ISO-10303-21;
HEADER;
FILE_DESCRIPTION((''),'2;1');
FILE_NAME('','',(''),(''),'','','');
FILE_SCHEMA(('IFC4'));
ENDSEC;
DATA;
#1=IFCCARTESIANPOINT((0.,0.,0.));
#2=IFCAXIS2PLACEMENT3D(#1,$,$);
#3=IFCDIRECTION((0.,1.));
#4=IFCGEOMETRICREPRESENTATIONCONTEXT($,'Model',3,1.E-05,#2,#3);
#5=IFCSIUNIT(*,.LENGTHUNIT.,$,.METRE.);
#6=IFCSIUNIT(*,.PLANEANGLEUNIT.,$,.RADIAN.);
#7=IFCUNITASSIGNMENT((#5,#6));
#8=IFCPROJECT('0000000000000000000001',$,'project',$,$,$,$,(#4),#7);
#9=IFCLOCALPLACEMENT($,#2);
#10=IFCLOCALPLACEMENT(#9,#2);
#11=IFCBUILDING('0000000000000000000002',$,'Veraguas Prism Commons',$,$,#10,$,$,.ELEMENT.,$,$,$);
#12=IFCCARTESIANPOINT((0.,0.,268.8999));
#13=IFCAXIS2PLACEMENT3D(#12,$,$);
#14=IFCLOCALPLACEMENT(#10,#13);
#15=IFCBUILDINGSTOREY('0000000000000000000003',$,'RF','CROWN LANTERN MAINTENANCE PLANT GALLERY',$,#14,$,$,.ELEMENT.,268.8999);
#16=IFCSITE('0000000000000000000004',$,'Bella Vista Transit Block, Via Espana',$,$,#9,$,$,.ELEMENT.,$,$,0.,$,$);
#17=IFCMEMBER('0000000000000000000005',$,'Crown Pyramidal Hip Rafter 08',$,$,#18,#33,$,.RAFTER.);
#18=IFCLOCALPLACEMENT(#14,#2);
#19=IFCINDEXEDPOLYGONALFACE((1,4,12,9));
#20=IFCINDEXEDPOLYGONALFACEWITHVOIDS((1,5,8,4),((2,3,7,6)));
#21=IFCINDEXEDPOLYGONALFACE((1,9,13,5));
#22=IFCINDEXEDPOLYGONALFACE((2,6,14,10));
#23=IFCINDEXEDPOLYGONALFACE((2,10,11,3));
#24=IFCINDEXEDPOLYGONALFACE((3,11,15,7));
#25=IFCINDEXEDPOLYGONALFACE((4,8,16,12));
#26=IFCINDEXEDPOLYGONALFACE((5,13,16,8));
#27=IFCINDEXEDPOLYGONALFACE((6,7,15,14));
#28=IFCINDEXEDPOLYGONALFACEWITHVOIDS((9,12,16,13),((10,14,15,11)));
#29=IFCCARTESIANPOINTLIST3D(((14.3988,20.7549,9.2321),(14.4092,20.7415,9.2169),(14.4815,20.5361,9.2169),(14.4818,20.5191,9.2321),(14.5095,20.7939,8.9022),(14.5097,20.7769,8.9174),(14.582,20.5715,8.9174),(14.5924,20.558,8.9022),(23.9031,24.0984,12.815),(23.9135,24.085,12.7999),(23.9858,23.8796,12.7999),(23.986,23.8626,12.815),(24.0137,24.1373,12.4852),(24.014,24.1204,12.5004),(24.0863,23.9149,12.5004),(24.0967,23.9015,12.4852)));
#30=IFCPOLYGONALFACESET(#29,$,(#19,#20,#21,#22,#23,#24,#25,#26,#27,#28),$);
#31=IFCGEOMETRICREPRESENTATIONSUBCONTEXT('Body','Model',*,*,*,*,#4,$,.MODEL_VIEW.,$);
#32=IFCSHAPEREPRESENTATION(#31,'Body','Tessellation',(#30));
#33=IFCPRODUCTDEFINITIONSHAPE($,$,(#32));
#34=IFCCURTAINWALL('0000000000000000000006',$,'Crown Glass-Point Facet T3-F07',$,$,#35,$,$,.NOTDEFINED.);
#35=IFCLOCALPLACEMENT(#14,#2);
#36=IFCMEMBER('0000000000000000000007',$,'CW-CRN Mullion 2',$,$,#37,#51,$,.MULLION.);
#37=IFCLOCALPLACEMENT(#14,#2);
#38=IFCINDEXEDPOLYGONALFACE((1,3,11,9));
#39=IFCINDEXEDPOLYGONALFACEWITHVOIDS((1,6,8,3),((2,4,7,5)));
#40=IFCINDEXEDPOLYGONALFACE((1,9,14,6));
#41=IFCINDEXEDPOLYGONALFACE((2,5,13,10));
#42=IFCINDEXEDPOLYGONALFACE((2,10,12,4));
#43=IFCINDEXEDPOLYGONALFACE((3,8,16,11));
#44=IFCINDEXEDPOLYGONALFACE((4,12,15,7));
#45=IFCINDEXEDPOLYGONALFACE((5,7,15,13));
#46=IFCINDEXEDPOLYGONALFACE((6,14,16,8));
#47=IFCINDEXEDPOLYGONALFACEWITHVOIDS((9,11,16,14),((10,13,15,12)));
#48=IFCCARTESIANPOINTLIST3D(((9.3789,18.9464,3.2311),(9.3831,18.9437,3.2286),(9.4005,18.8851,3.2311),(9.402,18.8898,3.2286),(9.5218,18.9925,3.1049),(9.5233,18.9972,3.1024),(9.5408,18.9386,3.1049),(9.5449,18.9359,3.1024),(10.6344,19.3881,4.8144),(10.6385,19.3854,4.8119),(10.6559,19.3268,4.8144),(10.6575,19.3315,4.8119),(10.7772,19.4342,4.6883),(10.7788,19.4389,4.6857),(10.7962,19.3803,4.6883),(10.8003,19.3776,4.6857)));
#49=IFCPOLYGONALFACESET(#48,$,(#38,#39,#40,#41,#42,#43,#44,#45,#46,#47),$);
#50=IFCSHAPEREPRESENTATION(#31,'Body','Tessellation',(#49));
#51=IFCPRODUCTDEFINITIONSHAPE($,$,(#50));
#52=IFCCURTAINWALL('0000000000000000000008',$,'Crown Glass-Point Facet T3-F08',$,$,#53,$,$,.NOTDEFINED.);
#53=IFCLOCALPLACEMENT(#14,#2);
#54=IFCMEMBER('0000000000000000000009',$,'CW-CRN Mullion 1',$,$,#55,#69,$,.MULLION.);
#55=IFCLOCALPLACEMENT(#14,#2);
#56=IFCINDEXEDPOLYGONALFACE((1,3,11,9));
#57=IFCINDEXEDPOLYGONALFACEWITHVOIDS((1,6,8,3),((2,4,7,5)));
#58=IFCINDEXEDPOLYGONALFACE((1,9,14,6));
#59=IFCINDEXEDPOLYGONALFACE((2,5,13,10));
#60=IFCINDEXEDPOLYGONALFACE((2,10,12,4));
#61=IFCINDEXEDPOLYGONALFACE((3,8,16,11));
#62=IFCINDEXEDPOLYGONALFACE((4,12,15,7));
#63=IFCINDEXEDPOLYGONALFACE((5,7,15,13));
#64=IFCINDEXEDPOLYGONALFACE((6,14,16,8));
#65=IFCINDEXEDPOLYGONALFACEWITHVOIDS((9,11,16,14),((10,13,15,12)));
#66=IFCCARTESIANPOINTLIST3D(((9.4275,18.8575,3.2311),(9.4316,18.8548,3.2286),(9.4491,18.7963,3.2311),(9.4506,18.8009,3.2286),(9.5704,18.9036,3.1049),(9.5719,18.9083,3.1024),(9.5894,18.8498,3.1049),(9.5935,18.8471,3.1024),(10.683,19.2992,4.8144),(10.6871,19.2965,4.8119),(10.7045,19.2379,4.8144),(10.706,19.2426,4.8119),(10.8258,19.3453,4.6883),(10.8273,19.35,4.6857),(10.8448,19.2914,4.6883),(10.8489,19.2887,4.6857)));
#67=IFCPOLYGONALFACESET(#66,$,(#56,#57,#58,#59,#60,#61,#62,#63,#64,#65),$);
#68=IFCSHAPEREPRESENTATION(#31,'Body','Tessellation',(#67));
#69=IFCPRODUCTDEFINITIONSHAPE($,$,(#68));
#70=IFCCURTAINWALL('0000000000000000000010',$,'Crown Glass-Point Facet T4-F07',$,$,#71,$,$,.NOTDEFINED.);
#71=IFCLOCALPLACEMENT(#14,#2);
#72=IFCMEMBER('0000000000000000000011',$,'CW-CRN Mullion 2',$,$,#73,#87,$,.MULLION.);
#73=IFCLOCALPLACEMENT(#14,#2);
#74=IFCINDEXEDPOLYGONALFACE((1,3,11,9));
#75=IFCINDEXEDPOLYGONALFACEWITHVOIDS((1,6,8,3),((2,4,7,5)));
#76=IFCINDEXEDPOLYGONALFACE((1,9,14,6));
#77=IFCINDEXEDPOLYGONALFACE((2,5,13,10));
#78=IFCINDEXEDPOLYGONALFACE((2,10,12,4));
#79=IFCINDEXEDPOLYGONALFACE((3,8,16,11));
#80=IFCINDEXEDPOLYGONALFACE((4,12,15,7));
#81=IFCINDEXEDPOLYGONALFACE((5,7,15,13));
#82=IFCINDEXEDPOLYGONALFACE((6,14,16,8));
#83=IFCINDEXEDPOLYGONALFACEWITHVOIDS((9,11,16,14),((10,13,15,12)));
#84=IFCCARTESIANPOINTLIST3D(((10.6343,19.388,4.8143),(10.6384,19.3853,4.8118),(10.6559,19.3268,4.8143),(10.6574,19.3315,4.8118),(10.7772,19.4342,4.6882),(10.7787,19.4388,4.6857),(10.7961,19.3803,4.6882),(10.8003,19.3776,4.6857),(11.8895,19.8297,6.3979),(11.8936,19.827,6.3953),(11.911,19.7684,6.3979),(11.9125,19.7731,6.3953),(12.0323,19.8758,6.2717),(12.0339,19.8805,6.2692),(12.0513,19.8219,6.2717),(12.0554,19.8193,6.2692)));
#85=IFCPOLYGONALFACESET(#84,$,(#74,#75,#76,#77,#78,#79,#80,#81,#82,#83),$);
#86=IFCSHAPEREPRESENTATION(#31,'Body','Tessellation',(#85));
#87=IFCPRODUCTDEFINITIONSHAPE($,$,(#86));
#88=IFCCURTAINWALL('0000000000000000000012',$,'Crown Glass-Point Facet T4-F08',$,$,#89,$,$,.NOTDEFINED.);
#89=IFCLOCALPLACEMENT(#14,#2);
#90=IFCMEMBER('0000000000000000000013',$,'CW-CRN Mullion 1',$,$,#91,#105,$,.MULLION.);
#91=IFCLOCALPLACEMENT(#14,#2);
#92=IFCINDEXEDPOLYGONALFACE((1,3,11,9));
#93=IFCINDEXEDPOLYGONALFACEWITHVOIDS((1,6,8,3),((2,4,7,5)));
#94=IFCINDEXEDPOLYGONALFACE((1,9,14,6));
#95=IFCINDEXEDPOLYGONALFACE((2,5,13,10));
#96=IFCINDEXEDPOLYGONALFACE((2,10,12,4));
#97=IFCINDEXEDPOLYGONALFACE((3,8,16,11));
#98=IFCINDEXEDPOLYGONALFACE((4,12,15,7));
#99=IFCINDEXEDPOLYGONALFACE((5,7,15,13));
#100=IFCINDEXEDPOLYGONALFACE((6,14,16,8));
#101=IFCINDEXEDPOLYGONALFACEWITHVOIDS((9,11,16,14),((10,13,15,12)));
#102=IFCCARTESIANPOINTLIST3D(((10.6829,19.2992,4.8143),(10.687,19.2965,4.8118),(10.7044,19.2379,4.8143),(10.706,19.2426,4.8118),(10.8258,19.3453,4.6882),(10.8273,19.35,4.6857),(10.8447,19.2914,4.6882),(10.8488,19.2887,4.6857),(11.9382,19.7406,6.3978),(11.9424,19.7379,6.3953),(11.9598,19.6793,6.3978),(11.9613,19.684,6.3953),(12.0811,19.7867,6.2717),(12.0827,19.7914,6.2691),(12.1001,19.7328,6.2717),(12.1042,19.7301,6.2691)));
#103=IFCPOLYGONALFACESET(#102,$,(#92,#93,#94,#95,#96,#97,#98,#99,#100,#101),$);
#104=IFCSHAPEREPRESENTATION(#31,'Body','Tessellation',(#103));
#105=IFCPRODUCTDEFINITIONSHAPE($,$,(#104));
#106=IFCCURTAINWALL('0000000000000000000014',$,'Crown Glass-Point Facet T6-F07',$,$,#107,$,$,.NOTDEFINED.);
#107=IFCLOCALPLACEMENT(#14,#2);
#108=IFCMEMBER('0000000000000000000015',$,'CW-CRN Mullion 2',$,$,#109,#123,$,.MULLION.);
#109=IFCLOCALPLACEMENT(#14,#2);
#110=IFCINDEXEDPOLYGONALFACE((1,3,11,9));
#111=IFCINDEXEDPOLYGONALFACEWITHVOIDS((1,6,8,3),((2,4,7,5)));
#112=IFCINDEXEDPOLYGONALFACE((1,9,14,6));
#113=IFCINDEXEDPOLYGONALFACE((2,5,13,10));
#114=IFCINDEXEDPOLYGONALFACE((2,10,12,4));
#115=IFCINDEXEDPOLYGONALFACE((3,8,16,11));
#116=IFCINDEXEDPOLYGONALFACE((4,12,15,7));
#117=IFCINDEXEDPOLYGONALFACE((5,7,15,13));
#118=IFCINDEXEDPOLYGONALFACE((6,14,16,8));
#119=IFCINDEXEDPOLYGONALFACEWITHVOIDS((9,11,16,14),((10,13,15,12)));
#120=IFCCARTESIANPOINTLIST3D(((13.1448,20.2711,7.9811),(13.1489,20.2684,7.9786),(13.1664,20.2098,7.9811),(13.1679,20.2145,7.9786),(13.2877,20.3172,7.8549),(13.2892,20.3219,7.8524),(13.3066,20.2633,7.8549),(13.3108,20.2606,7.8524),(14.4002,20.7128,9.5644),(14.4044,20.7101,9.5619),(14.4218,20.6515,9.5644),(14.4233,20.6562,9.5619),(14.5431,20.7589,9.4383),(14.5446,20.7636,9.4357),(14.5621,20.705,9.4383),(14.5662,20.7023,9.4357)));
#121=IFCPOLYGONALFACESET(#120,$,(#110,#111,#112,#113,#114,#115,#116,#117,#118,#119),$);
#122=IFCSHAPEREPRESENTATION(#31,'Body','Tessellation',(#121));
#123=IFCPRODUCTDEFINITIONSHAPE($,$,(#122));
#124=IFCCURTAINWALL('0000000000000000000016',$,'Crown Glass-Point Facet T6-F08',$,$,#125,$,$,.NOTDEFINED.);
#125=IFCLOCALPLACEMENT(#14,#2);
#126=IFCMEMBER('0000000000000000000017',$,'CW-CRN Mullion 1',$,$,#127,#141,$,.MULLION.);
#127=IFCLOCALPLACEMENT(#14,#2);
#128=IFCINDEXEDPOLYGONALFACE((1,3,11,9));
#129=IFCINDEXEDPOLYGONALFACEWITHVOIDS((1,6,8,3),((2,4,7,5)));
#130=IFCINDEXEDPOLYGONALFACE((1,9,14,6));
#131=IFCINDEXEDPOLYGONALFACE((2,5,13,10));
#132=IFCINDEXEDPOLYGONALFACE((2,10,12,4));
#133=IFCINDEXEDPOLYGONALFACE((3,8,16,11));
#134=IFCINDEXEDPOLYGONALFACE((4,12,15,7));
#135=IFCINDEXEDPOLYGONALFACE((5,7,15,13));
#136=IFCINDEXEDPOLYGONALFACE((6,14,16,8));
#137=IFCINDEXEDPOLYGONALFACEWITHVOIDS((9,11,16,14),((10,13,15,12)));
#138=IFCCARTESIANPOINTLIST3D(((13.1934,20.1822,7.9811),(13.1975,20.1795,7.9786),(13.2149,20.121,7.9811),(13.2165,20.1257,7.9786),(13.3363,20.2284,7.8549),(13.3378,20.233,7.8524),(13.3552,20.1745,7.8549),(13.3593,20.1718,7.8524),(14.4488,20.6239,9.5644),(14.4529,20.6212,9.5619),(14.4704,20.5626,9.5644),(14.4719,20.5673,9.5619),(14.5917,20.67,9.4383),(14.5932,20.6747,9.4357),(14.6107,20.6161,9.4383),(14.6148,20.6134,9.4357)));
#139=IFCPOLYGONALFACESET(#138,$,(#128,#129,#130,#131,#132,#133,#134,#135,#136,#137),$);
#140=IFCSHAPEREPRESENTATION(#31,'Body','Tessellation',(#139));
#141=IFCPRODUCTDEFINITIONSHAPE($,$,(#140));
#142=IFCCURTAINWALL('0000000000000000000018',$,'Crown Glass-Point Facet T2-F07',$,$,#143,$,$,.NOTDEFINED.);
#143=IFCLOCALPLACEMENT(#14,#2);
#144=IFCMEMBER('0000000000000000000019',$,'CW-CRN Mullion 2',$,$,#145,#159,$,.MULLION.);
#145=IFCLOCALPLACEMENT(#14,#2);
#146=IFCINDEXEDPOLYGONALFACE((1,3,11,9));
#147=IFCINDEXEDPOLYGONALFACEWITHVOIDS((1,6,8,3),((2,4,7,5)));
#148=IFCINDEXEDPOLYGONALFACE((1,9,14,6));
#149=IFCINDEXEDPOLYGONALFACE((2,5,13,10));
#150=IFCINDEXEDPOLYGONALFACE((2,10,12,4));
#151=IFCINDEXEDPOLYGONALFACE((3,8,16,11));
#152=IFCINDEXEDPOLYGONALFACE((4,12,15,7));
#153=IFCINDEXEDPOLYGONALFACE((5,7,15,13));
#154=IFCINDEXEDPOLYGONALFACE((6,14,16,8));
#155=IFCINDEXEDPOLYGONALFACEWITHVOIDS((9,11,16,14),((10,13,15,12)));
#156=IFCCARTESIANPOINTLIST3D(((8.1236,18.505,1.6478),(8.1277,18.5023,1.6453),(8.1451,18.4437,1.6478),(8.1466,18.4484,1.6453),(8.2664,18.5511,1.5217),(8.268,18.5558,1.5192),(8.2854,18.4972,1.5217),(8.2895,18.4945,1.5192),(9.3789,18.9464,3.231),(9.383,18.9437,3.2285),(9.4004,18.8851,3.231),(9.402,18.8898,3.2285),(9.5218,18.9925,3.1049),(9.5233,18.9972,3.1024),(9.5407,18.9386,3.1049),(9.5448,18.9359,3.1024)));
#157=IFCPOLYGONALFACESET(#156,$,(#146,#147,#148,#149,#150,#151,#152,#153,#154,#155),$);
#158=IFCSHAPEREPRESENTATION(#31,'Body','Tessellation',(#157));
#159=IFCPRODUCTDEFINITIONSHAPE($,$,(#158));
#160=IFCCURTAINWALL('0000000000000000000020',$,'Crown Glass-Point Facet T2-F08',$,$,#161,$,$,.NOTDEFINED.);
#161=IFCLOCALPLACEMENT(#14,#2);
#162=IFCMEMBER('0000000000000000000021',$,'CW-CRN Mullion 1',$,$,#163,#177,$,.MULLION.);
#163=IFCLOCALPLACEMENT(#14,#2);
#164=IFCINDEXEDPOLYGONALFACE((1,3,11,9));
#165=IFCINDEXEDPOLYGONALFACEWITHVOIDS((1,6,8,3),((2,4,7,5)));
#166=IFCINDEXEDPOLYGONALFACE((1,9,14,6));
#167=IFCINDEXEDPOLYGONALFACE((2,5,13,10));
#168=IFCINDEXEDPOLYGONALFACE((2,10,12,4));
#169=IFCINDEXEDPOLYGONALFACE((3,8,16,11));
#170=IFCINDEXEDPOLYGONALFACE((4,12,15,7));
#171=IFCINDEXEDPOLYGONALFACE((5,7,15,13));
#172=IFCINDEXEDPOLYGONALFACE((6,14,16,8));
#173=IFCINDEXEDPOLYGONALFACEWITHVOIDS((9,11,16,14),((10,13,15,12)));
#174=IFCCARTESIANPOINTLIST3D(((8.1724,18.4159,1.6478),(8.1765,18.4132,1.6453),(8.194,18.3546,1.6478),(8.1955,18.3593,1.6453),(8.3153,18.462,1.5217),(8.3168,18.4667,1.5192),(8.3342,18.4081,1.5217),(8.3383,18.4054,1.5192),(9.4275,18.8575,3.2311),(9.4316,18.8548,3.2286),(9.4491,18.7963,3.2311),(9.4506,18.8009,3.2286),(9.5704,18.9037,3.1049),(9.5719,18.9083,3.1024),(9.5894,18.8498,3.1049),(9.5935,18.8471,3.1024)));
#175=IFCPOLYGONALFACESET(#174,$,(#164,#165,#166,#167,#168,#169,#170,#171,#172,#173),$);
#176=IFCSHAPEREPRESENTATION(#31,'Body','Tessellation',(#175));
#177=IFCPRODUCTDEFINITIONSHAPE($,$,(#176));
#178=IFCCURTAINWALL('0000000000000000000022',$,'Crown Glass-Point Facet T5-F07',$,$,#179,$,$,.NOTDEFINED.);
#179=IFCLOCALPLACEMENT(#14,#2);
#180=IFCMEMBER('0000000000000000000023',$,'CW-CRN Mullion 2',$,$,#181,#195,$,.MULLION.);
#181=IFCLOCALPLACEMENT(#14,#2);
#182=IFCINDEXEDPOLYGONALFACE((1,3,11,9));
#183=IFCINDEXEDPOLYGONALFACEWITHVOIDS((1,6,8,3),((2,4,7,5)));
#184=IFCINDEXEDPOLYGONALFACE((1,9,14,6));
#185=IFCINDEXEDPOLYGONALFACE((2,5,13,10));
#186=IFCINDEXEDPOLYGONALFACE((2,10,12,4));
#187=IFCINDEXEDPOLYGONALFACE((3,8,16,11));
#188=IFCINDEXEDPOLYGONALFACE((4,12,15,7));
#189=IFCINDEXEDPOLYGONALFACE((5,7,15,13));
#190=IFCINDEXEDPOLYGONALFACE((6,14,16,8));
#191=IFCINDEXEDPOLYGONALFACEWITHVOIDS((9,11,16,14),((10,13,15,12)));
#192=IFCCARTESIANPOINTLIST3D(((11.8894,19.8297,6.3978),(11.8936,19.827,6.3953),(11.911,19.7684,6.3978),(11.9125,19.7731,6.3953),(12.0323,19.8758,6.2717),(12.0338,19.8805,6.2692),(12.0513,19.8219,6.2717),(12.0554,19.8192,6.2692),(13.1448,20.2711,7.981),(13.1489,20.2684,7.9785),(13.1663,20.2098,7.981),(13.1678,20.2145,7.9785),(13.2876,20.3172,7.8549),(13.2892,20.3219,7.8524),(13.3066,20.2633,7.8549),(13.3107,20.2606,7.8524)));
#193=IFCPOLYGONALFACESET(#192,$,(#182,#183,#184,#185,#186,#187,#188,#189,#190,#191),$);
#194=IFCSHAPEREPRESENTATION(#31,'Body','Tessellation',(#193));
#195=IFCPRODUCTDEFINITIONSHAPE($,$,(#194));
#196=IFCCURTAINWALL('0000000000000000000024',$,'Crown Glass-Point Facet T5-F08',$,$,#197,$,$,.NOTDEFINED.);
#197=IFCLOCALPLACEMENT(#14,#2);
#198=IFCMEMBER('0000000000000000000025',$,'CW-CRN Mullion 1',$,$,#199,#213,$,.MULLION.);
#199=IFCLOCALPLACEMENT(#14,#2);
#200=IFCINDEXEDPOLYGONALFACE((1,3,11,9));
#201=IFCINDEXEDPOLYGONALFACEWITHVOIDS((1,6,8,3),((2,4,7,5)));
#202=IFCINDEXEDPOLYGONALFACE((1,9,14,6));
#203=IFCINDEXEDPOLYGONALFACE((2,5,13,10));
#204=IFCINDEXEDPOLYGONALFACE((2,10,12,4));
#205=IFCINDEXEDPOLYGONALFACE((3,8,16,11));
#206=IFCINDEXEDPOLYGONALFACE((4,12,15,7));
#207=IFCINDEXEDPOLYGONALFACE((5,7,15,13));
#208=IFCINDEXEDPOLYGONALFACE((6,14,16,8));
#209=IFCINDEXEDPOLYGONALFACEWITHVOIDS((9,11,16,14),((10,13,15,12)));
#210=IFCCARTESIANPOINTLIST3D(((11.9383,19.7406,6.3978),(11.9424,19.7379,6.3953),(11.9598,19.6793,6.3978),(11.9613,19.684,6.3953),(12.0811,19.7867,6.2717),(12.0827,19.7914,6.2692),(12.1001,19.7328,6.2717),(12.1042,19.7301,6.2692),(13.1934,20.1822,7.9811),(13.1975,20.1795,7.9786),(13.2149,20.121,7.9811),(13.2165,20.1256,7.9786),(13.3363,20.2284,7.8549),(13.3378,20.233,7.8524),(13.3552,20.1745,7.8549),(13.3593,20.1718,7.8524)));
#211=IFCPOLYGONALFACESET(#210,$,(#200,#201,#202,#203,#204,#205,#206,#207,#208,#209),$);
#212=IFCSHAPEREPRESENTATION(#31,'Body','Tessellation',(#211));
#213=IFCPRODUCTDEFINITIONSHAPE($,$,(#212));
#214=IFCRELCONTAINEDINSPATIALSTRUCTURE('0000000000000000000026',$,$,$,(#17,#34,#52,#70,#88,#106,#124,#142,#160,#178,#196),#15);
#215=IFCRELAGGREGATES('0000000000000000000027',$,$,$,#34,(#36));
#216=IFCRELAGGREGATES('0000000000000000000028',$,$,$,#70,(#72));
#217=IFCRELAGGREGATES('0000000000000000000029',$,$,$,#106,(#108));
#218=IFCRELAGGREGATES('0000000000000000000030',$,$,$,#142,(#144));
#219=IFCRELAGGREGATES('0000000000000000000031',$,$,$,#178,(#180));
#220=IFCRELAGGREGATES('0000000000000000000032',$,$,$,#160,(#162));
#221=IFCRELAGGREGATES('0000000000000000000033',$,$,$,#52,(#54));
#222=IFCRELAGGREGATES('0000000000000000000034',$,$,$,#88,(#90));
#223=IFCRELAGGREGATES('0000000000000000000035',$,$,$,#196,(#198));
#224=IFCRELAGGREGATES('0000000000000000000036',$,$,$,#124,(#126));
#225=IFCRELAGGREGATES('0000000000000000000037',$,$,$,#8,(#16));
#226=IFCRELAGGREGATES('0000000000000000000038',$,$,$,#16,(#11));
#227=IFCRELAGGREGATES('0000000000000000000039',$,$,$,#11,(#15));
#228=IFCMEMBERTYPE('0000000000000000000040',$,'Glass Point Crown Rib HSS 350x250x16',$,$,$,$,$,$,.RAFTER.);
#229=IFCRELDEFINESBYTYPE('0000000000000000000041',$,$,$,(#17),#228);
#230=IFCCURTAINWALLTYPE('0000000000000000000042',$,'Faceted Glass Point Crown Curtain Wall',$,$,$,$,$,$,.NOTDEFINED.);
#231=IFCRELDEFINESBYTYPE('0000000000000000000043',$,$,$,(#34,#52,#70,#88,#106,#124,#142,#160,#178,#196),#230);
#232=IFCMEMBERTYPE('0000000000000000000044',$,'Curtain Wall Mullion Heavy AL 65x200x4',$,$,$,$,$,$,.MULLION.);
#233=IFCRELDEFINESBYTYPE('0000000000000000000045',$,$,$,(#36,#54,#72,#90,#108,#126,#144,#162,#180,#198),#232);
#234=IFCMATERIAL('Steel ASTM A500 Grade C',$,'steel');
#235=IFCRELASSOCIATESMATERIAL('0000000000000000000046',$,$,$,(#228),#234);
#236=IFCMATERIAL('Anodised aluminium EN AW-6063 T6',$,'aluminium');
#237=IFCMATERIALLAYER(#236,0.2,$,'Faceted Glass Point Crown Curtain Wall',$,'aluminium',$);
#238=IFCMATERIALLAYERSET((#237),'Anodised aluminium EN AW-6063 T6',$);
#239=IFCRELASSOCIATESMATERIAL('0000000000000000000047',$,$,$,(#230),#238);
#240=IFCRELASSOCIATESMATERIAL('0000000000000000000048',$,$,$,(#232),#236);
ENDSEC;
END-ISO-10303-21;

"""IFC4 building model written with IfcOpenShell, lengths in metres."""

from ifc_helpers import new_model, si_unit, direction, frame, origin, origin_2d, place, context, subcontext, project, spatial, hollow_rectangle, extrude, source, transform, mapped, material, layer, layer_set, material_profile, profile_set, type_object, element, aggregate, save


model = new_model("IFC4")

# Units and contexts
model_context = context("Model", 3, precision=1e-05, world=origin(), true_north=direction((0.0, 1.0)))
body_context = subcontext(model_context, "Body", "Model", "MODEL_VIEW")
ifc_project = project(units=[si_unit("LENGTHUNIT", "METRE"), si_unit("PLANEANGLEUNIT", "RADIAN")], contexts=[model_context])

# Site, building, storey
site_placement = place(None, origin())
site = spatial("IfcSite", under=ifc_project, at=site_placement, Name="Bella Vista Transit Block, Via Espana", CompositionType="ELEMENT", RefElevation=0.0)
building_placement = place(site_placement, origin())
building = spatial("IfcBuilding", under=site, at=building_placement, Name="Veraguas Prism Commons", CompositionType="ELEMENT")
storey_placement = place(building_placement, frame((0.0, 0.0, 268.8999)))
storey = spatial("IfcBuildingStorey", under=building, at=storey_placement, Name="RF", Description="CROWN LANTERN MAINTENANCE PLANT GALLERY", CompositionType="ELEMENT", Elevation=268.8999)

# Shared definitions
ifc_material_1 = material(Name="Steel ASTM A500 Grade C", Category="steel")

# Member
ifc_material_profile_1 = material_profile(ifc_material_1, hollow_rectangle(XDim=0.25, YDim=0.3501, WallThickness=0.0161, at=origin_2d()), Name="HSS350X250X16")
ifc_profile_set_1 = profile_set([ifc_material_profile_1], Name="Steel ASTM A500 Grade C")
member_type_1 = type_object("IfcMemberType", Name="Glass Point Crown Rib HSS 350x250x16", PredefinedType="RAFTER", material=ifc_profile_set_1)
member_1_placement = place(storey_placement, frame((14.4956, 20.6565, 9.0671), z_axis=(0.888803, 0.312668, 0.335065), x_axis=(-0.33185, 0.943332, 0.0)))
element("IfcMember", 1, at=member_1_placement, inside=storey, type_object=member_type_1, Name="Crown Pyramidal Hip Rafter 08", PredefinedType="RAFTER", context=body_context, shape_type="SweptSolid", body=[
    extrude(hollow_rectangle(XDim=0.25, YDim=0.3501, WallThickness=0.0161, at=origin_2d()), origin(), (0.0, 0.0, 1.0), 10.6934),
])

# Curtain walls, members
ifc_material_2 = material(Name="Anodised aluminium EN AW-6063 T6", Category="aluminium")
ifc_layer_1 = layer(ifc_material_2, 0.2, Name="Faceted Glass Point Crown Curtain Wall", Category="aluminium")
ifc_layer_set_1 = layer_set([ifc_layer_1], Name="Anodised aluminium EN AW-6063 T6")
curtain_wall_type = type_object("IfcCurtainWallType", Name="Faceted Glass Point Crown Curtain Wall", PredefinedType="NOTDEFINED", material=ifc_layer_set_1)
curtain_wall_1_placement = place(storey_placement, origin())
curtain_wall_1 = element("IfcCurtainWall", 2, at=curtain_wall_1_placement, inside=storey, type_object=curtain_wall_type, Name="Crown Glass-Point Facet T3-F07", PredefinedType="NOTDEFINED")
ifc_material_profile_2 = material_profile(ifc_material_2, hollow_rectangle(XDim=0.0649, YDim=0.2, WallThickness=0.0039, at=origin_2d()), Name="AL65X200X4")
ifc_profile_set_2 = profile_set([ifc_material_profile_2], Name="Anodised aluminium EN AW-6063 T6")
member_type_2 = type_object("IfcMemberType", Name="Curtain Wall Mullion Heavy AL 65x200x4", PredefinedType="MULLION", material=ifc_profile_set_2)
shared_shape_1 = source(origin(), body_context, "Body", "SweptSolid", [
    extrude(hollow_rectangle(XDim=0.0649, YDim=0.2, WallThickness=0.0039, at=origin_2d()), origin(), (0.0, 0.0, 1.0), 2.0684),
])
member_2_placement = place(storey_placement, frame((9.4619, 18.9412, 3.1667), z_axis=(0.60697, 0.213537, 0.7655), x_axis=(-0.33187, 0.943325, 0.0)))
member_2 = element("IfcMember", 3, at=member_2_placement, type_object=member_type_2, Name="CW-CRN Mullion 2", PredefinedType="MULLION", context=body_context, shape_type="MappedRepresentation", body=[
    mapped(shared_shape_1, transform((0.0, 0.0, 0.0), scale=1.0)),
])
aggregate(curtain_wall_1, [member_2])
curtain_wall_2_placement = place(storey_placement, origin())
curtain_wall_2 = element("IfcCurtainWall", 4, at=curtain_wall_2_placement, inside=storey, type_object=curtain_wall_type, Name="Crown Glass-Point Facet T3-F08", PredefinedType="NOTDEFINED")
member_3_placement = place(storey_placement, frame((9.5105, 18.8523, 3.1667), z_axis=(0.60697, 0.213537, 0.7655), x_axis=(-0.33187, 0.943325, 0.0)))
member_3 = element("IfcMember", 5, at=member_3_placement, type_object=member_type_2, Name="CW-CRN Mullion 1", PredefinedType="MULLION", context=body_context, shape_type="MappedRepresentation", body=[
    mapped(shared_shape_1, transform((0.0, 0.0, 0.0), scale=1.0)),
])
curtain_wall_3_placement = place(storey_placement, origin())
curtain_wall_3 = element("IfcCurtainWall", 6, at=curtain_wall_3_placement, inside=storey, type_object=curtain_wall_type, Name="Crown Glass-Point Facet T4-F07", PredefinedType="NOTDEFINED")
member_4_placement = place(storey_placement, frame((10.7173, 19.3828, 4.75), z_axis=(0.60684, 0.213533, 0.765603), x_axis=(-0.331927, 0.943305, 0.0)))
member_4 = element("IfcMember", 7, at=member_4_placement, type_object=member_type_2, Name="CW-CRN Mullion 2", PredefinedType="MULLION", context=body_context, shape_type="MappedRepresentation", body=[
    mapped(shared_shape_1, transform((0.0, 0.0, 0.0), scale=1.0)),
])
aggregate(curtain_wall_3, [member_4])
curtain_wall_4_placement = place(storey_placement, origin())
curtain_wall_4 = element("IfcCurtainWall", 8, at=curtain_wall_4_placement, inside=storey, type_object=curtain_wall_type, Name="Crown Glass-Point Facet T4-F08", PredefinedType="NOTDEFINED")
member_5_placement = place(storey_placement, frame((10.7659, 19.2939, 4.75), z_axis=(0.60693, 0.213405, 0.765568), x_axis=(-0.331707, 0.943383, 0.0)))
member_5 = element("IfcMember", 9, at=member_5_placement, type_object=member_type_2, Name="CW-CRN Mullion 1", PredefinedType="MULLION", context=body_context, shape_type="MappedRepresentation", body=[
    mapped(shared_shape_1, transform((0.0, 0.0, 0.0), scale=1.0)),
])
curtain_wall_5_placement = place(storey_placement, origin())
curtain_wall_5 = element("IfcCurtainWall", 10, at=curtain_wall_5_placement, inside=storey, type_object=curtain_wall_type, Name="Crown Glass-Point Facet T6-F07", PredefinedType="NOTDEFINED")
member_6_placement = place(storey_placement, frame((13.2278, 20.2659, 7.9167), z_axis=(0.60697, 0.213537, 0.7655), x_axis=(-0.33187, 0.943325, 0.0)))
member_6 = element("IfcMember", 11, at=member_6_placement, type_object=member_type_2, Name="CW-CRN Mullion 2", PredefinedType="MULLION", context=body_context, shape_type="MappedRepresentation", body=[
    mapped(shared_shape_1, transform((0.0, 0.0, 0.0), scale=1.0)),
])
aggregate(curtain_wall_5, [member_6])
curtain_wall_6_placement = place(storey_placement, origin())
curtain_wall_6 = element("IfcCurtainWall", 12, at=curtain_wall_6_placement, inside=storey, type_object=curtain_wall_type, Name="Crown Glass-Point Facet T6-F08", PredefinedType="NOTDEFINED")
member_7_placement = place(storey_placement, frame((13.2764, 20.177, 7.9167), z_axis=(0.60697, 0.213537, 0.7655), x_axis=(-0.33187, 0.943325, 0.0)))
member_7 = element("IfcMember", 13, at=member_7_placement, type_object=member_type_2, Name="CW-CRN Mullion 1", PredefinedType="MULLION", context=body_context, shape_type="MappedRepresentation", body=[
    mapped(shared_shape_1, transform((0.0, 0.0, 0.0), scale=1.0)),
])
curtain_wall_7_placement = place(storey_placement, origin())
curtain_wall_7 = element("IfcCurtainWall", 14, at=curtain_wall_7_placement, inside=storey, type_object=curtain_wall_type, Name="Crown Glass-Point Facet T2-F07", PredefinedType="NOTDEFINED")
shared_shape_2 = source(origin(), body_context, "Body", "SweptSolid", [
    extrude(hollow_rectangle(XDim=0.0649, YDim=0.2, WallThickness=0.0039, at=origin_2d()), origin(), (0.0, 0.0, 1.0), 2.0681),
])
member_8_placement = place(storey_placement, frame((8.2065, 18.4998, 1.5835), z_axis=(0.606985, 0.213425, 0.765519), x_axis=(-0.331707, 0.943383, 0.0)))
member_8 = element("IfcMember", 15, at=member_8_placement, type_object=member_type_2, Name="CW-CRN Mullion 2", PredefinedType="MULLION", context=body_context, shape_type="MappedRepresentation", body=[
    mapped(shared_shape_2, transform((0.0, 0.0, 0.0), scale=1.0)),
])
aggregate(curtain_wall_7, [member_8])
curtain_wall_8_placement = place(storey_placement, origin())
curtain_wall_8 = element("IfcCurtainWall", 16, at=curtain_wall_8_placement, inside=storey, type_object=curtain_wall_type, Name="Crown Glass-Point Facet T2-F08", PredefinedType="NOTDEFINED")
member_9_placement = place(storey_placement, frame((8.2554, 18.4106, 1.5835), z_axis=(0.606895, 0.213552, 0.765554), x_axis=(-0.331927, 0.943305, 0.0)))
member_9 = element("IfcMember", 17, at=member_9_placement, type_object=member_type_2, Name="CW-CRN Mullion 1", PredefinedType="MULLION", context=body_context, shape_type="MappedRepresentation", body=[
    mapped(shared_shape_2, transform((0.0, 0.0, 0.0), scale=1.0)),
])
curtain_wall_9_placement = place(storey_placement, origin())
curtain_wall_9 = element("IfcCurtainWall", 18, at=curtain_wall_9_placement, inside=storey, type_object=curtain_wall_type, Name="Crown Glass-Point Facet T5-F07", PredefinedType="NOTDEFINED")
member_10_placement = place(storey_placement, frame((11.9724, 19.8245, 6.3335), z_axis=(0.606985, 0.213425, 0.765519), x_axis=(-0.331707, 0.943383, 0.0)))
member_10 = element("IfcMember", 19, at=member_10_placement, type_object=member_type_2, Name="CW-CRN Mullion 2", PredefinedType="MULLION", context=body_context, shape_type="MappedRepresentation", body=[
    mapped(shared_shape_2, transform((0.0, 0.0, 0.0), scale=1.0)),
])
aggregate(curtain_wall_9, [member_10])
curtain_wall_10_placement = place(storey_placement, origin())
curtain_wall_10 = element("IfcCurtainWall", 20, at=curtain_wall_10_placement, inside=storey, type_object=curtain_wall_type, Name="Crown Glass-Point Facet T5-F08", PredefinedType="NOTDEFINED")
member_11_placement = place(storey_placement, frame((12.0212, 19.7354, 6.3335), z_axis=(0.606895, 0.213552, 0.765554), x_axis=(-0.331927, 0.943305, 0.0)))
member_11 = element("IfcMember", 21, at=member_11_placement, type_object=member_type_2, Name="CW-CRN Mullion 1", PredefinedType="MULLION", context=body_context, shape_type="MappedRepresentation", body=[
    mapped(shared_shape_2, transform((0.0, 0.0, 0.0), scale=1.0)),
])

aggregate(curtain_wall_8, [member_9])

aggregate(curtain_wall_2, [member_3])
aggregate(curtain_wall_4, [member_5])
aggregate(curtain_wall_10, [member_11])
aggregate(curtain_wall_6, [member_7])

save(model, "model.ifc")
